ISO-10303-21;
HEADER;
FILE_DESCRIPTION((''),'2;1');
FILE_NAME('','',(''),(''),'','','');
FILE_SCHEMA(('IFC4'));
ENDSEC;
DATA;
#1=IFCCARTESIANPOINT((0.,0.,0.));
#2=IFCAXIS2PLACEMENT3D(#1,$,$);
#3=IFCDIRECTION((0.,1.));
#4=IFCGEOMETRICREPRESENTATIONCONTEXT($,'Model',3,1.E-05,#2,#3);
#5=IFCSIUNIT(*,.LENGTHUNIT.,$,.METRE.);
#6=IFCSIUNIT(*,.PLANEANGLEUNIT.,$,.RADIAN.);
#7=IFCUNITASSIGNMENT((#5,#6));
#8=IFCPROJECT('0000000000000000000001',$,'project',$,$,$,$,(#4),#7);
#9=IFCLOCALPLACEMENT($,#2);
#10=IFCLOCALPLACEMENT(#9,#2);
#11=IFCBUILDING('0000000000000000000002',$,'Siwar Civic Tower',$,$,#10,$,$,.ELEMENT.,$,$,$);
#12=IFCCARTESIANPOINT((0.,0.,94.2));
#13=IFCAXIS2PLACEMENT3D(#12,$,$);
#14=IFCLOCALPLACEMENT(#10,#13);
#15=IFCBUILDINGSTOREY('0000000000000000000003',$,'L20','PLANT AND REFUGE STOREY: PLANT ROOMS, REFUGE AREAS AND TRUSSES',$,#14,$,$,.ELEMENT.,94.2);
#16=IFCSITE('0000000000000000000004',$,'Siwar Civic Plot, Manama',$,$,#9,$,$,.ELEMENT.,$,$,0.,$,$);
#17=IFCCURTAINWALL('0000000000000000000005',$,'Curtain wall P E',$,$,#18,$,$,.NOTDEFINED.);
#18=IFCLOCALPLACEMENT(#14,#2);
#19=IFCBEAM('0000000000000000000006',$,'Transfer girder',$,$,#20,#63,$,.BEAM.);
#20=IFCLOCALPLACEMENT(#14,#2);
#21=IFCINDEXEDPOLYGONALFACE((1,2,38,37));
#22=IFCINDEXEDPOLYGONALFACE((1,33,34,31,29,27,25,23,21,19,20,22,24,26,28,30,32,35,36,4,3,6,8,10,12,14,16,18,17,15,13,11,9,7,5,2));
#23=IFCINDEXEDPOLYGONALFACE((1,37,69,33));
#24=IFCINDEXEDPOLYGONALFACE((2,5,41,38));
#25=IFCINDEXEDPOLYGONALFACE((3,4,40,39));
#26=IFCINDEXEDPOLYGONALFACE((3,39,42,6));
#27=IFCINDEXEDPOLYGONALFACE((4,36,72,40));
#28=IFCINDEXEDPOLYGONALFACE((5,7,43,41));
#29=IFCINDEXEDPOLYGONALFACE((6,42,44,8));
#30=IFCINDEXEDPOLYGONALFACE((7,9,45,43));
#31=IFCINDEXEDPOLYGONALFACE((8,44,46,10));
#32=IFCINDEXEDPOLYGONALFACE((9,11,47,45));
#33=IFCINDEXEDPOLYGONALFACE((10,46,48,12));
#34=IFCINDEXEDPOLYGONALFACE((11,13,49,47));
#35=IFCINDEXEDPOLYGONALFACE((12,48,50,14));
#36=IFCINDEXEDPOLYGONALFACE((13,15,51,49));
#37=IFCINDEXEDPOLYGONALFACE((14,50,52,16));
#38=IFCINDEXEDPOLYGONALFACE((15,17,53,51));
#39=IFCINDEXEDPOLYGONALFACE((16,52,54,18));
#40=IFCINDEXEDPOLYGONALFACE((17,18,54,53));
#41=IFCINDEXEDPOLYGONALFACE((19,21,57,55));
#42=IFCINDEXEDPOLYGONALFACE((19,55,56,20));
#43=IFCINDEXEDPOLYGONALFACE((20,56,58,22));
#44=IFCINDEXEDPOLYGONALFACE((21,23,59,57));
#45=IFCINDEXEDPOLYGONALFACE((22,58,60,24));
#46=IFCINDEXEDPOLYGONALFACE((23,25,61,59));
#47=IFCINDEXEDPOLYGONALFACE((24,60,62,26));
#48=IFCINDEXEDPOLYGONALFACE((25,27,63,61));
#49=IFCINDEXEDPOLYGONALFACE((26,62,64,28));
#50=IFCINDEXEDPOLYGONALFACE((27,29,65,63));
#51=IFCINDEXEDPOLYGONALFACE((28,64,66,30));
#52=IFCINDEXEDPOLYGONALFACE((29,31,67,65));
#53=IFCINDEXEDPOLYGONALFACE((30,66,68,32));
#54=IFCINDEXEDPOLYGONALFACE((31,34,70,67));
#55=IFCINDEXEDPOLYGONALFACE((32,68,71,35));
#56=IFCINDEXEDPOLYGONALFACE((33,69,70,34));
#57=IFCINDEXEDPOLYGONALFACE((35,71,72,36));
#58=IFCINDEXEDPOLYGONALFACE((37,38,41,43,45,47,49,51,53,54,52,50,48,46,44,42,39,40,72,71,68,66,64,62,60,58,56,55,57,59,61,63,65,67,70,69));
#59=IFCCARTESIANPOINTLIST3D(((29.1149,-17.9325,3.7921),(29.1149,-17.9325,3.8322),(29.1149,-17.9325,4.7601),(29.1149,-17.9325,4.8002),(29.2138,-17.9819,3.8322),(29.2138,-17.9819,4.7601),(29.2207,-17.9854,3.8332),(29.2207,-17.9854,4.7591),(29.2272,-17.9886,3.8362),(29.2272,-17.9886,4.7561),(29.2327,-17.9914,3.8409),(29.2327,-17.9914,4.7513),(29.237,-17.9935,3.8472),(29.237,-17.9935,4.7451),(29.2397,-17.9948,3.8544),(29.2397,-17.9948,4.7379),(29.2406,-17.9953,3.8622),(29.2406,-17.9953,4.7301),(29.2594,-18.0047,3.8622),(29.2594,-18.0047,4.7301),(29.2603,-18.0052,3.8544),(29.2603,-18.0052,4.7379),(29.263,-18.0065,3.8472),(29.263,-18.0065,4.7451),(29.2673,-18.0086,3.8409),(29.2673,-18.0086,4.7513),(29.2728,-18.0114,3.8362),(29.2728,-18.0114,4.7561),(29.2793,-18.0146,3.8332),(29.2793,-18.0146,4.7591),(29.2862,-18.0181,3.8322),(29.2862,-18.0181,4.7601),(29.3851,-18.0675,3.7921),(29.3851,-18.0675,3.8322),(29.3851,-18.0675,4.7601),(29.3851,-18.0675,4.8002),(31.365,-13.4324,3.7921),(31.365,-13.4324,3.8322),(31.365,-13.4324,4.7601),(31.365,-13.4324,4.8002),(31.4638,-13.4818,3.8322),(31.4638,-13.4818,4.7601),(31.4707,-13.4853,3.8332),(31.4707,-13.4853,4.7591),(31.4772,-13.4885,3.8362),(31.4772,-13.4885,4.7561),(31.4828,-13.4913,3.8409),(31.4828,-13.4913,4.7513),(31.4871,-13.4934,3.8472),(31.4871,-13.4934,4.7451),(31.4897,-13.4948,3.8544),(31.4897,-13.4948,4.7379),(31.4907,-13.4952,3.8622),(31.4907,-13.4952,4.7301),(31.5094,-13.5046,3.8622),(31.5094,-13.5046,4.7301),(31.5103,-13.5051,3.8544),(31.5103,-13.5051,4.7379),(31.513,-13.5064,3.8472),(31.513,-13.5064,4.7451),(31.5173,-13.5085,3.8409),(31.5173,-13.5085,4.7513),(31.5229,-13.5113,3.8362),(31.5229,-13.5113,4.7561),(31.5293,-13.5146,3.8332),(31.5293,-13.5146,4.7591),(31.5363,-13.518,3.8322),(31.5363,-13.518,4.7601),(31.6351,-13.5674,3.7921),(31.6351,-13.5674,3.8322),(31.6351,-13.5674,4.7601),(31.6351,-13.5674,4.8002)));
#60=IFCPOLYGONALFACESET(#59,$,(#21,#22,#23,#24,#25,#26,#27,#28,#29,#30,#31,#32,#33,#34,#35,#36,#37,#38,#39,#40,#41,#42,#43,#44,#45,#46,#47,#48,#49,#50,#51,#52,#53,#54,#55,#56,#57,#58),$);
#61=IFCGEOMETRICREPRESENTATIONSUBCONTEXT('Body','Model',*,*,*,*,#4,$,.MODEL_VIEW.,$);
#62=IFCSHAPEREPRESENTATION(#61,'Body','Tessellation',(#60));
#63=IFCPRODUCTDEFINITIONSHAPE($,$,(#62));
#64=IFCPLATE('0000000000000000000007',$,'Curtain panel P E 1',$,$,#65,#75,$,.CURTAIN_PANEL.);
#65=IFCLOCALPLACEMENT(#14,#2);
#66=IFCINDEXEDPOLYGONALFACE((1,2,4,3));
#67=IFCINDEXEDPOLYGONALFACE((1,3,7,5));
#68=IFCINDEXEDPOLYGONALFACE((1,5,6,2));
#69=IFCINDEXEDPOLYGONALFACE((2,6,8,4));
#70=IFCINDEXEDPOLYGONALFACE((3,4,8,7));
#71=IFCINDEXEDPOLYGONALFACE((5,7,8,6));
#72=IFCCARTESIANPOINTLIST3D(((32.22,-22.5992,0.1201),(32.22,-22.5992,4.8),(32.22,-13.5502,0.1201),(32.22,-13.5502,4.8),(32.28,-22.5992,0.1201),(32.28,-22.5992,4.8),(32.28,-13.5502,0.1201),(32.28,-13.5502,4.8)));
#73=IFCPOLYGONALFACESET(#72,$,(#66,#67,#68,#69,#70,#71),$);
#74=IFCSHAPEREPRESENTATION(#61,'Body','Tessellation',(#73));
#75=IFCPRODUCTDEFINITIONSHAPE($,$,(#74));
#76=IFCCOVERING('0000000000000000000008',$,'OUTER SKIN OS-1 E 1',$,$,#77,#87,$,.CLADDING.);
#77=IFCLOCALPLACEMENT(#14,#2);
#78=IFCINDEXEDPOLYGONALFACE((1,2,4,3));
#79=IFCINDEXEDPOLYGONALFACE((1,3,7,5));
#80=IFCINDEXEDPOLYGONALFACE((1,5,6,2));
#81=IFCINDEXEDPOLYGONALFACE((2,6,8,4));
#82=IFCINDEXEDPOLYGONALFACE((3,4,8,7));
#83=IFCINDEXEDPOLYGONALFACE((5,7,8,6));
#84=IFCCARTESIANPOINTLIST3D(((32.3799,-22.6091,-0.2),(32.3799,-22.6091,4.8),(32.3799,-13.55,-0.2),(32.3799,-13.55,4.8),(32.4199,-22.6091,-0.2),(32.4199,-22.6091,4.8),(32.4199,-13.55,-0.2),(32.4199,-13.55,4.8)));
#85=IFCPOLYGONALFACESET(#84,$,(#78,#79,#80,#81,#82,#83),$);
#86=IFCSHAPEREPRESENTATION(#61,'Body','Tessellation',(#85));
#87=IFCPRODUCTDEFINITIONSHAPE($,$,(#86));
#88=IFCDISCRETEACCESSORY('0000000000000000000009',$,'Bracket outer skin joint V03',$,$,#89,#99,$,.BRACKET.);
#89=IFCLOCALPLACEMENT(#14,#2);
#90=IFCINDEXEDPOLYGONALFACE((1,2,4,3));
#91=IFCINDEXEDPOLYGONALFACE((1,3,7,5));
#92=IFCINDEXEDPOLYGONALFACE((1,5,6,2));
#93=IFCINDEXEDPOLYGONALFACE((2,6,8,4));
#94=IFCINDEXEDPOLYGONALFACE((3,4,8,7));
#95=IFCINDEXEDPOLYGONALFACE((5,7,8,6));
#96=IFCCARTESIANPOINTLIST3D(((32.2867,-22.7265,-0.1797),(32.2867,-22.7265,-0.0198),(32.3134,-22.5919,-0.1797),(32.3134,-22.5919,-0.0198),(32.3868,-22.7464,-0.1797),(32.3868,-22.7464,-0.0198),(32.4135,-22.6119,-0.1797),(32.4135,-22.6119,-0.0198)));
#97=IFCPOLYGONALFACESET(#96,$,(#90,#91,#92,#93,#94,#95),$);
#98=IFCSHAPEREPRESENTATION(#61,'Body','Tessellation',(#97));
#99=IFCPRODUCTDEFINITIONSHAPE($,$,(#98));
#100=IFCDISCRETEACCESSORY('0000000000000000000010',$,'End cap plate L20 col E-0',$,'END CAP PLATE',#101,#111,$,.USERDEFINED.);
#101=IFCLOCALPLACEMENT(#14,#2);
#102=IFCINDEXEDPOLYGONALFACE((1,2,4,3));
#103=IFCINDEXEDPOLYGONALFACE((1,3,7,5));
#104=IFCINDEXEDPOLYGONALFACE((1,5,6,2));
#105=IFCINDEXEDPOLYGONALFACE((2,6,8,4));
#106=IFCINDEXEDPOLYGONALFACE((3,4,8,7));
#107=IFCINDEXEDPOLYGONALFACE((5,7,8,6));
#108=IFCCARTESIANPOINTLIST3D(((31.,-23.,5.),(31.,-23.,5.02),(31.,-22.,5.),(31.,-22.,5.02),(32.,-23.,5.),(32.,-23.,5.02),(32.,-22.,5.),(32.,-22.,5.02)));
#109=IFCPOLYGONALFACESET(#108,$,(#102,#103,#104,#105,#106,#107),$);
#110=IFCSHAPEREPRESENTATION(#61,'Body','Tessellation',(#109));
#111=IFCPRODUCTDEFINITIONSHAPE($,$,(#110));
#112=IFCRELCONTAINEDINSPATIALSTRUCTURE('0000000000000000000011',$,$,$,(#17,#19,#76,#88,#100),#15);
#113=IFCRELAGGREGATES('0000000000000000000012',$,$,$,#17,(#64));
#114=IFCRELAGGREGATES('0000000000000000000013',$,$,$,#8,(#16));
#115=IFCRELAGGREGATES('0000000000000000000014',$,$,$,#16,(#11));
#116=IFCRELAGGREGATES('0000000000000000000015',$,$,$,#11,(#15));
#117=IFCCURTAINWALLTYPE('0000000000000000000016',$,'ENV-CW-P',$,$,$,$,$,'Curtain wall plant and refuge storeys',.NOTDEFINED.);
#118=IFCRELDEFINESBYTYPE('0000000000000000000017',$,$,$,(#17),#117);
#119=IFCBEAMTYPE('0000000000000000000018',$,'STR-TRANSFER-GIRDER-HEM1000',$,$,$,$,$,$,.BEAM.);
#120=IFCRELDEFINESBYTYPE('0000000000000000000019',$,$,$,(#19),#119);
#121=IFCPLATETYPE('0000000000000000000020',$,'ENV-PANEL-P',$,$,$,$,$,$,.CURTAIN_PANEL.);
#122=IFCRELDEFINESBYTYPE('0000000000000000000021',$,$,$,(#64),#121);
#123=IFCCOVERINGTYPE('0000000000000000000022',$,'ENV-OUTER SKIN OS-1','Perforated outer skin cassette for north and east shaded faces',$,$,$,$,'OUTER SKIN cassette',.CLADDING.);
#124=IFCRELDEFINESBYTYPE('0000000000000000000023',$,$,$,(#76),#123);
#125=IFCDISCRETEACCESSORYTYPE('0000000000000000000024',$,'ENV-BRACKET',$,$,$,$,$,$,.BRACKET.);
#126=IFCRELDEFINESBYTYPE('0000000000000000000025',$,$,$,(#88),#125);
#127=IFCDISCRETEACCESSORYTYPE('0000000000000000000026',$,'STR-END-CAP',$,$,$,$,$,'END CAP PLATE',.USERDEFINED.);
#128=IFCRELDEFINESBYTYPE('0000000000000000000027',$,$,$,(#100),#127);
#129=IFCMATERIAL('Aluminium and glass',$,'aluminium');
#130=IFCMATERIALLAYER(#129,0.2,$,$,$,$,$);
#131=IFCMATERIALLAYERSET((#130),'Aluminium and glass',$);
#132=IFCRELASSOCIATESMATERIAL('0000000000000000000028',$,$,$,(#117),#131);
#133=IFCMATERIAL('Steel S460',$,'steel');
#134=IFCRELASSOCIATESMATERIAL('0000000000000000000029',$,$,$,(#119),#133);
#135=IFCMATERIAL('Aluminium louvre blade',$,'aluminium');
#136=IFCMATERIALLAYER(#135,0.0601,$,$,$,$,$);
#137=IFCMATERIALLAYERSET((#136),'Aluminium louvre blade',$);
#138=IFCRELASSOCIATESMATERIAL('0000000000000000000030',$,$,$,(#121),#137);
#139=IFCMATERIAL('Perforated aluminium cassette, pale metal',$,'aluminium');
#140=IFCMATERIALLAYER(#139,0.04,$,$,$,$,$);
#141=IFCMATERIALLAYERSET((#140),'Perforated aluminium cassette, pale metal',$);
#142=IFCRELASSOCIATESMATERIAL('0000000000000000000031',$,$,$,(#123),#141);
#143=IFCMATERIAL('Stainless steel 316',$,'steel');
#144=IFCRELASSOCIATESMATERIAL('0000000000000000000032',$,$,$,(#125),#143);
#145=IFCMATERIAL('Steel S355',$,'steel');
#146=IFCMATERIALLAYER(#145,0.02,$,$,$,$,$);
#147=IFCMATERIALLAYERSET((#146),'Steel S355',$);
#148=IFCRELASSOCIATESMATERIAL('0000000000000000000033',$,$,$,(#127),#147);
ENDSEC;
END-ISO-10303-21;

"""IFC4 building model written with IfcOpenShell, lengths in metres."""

from ifc_helpers import new_model, si_unit, direction, frame, origin, origin_2d, place, context, subcontext, project, spatial, rectangle, i_section, extrude, material, layer, layer_set, material_profile, profile_set, type_object, element, aggregate, save


model = new_model("IFC4")

# Units and contexts
model_context = context("Model", 3, precision=1e-05, world=origin(), true_north=direction((0.0, 1.0)))
body_context = subcontext(model_context, "Body", "Model", "MODEL_VIEW")
ifc_project = project(units=[si_unit("LENGTHUNIT", "METRE"), si_unit("PLANEANGLEUNIT", "RADIAN")], contexts=[model_context])

# Site, building, storey
site_placement = place(None, origin())
site = spatial("IfcSite", under=ifc_project, at=site_placement, Name="Siwar Civic Plot, Manama", CompositionType="ELEMENT", RefElevation=0.0)
building_placement = place(site_placement, origin())
building = spatial("IfcBuilding", under=site, at=building_placement, Name="Siwar Civic Tower", CompositionType="ELEMENT")
storey_placement = place(building_placement, frame((0.0, 0.0, 94.2)))
storey = spatial("IfcBuildingStorey", under=building, at=storey_placement, Name="L20", Description="PLANT AND REFUGE STOREY: PLANT ROOMS, REFUGE AREAS AND TRUSSES", CompositionType="ELEMENT", Elevation=94.2)

# Curtain wall
ifc_material_1 = material(Name="Aluminium and glass", Category="aluminium")
ifc_layer_1 = layer(ifc_material_1, 0.2)
ifc_layer_set_1 = layer_set([ifc_layer_1], Name="Aluminium and glass")
curtain_wall_type = type_object("IfcCurtainWallType", Name="ENV-CW-P", ElementType="Curtain wall plant and refuge storeys", PredefinedType="NOTDEFINED", material=ifc_layer_set_1)
curtain_wall_placement = place(storey_placement, origin())
curtain_wall = element("IfcCurtainWall", 1, at=curtain_wall_placement, inside=storey, type_object=curtain_wall_type, Name="Curtain wall P E", PredefinedType="NOTDEFINED")

# Beam
ifc_material_2 = material(Name="Steel S460", Category="steel")
ifc_material_profile_1 = material_profile(ifc_material_2, i_section(OverallWidth=0.302, OverallDepth=1.0081, WebThickness=0.021, FlangeThickness=0.04, FilletRadius=0.03, at=origin_2d()), Name="HEM1000")
ifc_profile_set_1 = profile_set([ifc_material_profile_1], Name="Steel S460")
beam_type_1 = type_object("IfcBeamType", Name="STR-TRANSFER-GIRDER-HEM1000", PredefinedType="BEAM", material=ifc_profile_set_1)
for number, where, z_axis, x_axis, name in (
    (2, (29.25, -18.0, 4.2961), (0.447214, 0.894427, 0.0), (-0.894427, 0.447214, 0.0), "Transfer girder"),
):
    element("IfcBeam", number, at=place(storey_placement, frame(where, z_axis=z_axis, x_axis=x_axis)), inside=storey, type_object=beam_type_1, Name=name, PredefinedType="BEAM", context=body_context, shape_type="SweptSolid", body=[
        extrude(i_section(OverallWidth=0.302, OverallDepth=1.0081, WebThickness=0.021, FlangeThickness=0.04, FilletRadius=0.03, at=origin_2d()), origin(), (0.0, 0.0, 1.0), 5.0312),
    ])

# Plate
ifc_material_3 = material(Name="Aluminium louvre blade", Category="aluminium")
ifc_layer_2 = layer(ifc_material_3, 0.0601)
ifc_layer_set_2 = layer_set([ifc_layer_2], Name="Aluminium louvre blade")
plate_type = type_object("IfcPlateType", Name="ENV-PANEL-P", PredefinedType="CURTAIN_PANEL", material=ifc_layer_set_2)
plate_placement = place(storey_placement, frame((32.25, -18.0747, 0.1201), z_axis=(0.0, 0.0, 1.0), x_axis=(0.0, 1.0, 0.0)))
plate = element("IfcPlate", 3, at=plate_placement, type_object=plate_type, Name="Curtain panel P E 1", PredefinedType="CURTAIN_PANEL", context=body_context, shape_type="SweptSolid", body=[
    extrude(rectangle(XDim=9.0491, YDim=0.0601, at=origin_2d()), origin(), (0.0, 0.0, 1.0), 4.6799),
])
aggregate(curtain_wall, [plate])

# Covering
ifc_material_4 = material(Name="Perforated aluminium cassette, pale metal", Category="aluminium")
ifc_layer_3 = layer(ifc_material_4, 0.04)
ifc_layer_set_3 = layer_set([ifc_layer_3], Name="Perforated aluminium cassette, pale metal")
covering_type = type_object("IfcCoveringType", Name="ENV-OUTER SKIN OS-1", Description="Perforated outer skin cassette for north and east shaded faces", ElementType="OUTER SKIN cassette", PredefinedType="CLADDING", material=ifc_layer_set_3)
covering_placement = place(storey_placement, frame((32.3999, -18.0796, -0.2), z_axis=(0.0, 0.0, 1.0), x_axis=(0.0, 1.0, 0.0)))
element("IfcCovering", 4, at=covering_placement, inside=storey, type_object=covering_type, Name="OUTER SKIN OS-1 E 1", PredefinedType="CLADDING", context=body_context, shape_type="SweptSolid", body=[
    extrude(rectangle(XDim=9.0591, YDim=0.04, at=origin_2d()), origin(), (0.0, 0.0, 1.0), 5.0),
])

# Discrete accessories
ifc_material_5 = material(Name="Stainless steel 316", Category="steel")
discrete_accessory_type_1 = type_object("IfcDiscreteAccessoryType", Name="ENV-BRACKET", PredefinedType="BRACKET", material=ifc_material_5)
discrete_accessory_1_placement = place(storey_placement, frame((32.3501, -22.6692, -0.1797), z_axis=(0.0, 0.0, 1.0), x_axis=(0.980785, -0.19509, 0.0)))
element("IfcDiscreteAccessory", 5, at=discrete_accessory_1_placement, inside=storey, type_object=discrete_accessory_type_1, Name="Bracket outer skin joint V03", PredefinedType="BRACKET", context=body_context, shape_type="SweptSolid", body=[
    extrude(rectangle(XDim=0.1021, YDim=0.1372, at=origin_2d()), origin(), (0.0, 0.0, 1.0), 0.1599),
])
ifc_material_6 = material(Name="Steel S355", Category="steel")
ifc_layer_4 = layer(ifc_material_6, 0.02)
ifc_layer_set_4 = layer_set([ifc_layer_4], Name="Steel S355")
discrete_accessory_type_2 = type_object("IfcDiscreteAccessoryType", Name="STR-END-CAP", ElementType="END CAP PLATE", PredefinedType="USERDEFINED", material=ifc_layer_set_4)
discrete_accessory_2_placement = place(storey_placement, frame((31.5, -22.5, 5.0), z_axis=(0.0, 0.0, 1.0), x_axis=(1.0, 0.0, 0.0)))
element("IfcDiscreteAccessory", 6, at=discrete_accessory_2_placement, inside=storey, type_object=discrete_accessory_type_2, Name="End cap plate L20 col E-0", ObjectType="END CAP PLATE", PredefinedType="USERDEFINED", context=body_context, shape_type="SweptSolid", body=[
    extrude(rectangle(XDim=1.0, YDim=1.0, at=origin_2d()), origin(), (0.0, 0.0, 1.0), 0.02),
])

save(model, "model.ifc")
